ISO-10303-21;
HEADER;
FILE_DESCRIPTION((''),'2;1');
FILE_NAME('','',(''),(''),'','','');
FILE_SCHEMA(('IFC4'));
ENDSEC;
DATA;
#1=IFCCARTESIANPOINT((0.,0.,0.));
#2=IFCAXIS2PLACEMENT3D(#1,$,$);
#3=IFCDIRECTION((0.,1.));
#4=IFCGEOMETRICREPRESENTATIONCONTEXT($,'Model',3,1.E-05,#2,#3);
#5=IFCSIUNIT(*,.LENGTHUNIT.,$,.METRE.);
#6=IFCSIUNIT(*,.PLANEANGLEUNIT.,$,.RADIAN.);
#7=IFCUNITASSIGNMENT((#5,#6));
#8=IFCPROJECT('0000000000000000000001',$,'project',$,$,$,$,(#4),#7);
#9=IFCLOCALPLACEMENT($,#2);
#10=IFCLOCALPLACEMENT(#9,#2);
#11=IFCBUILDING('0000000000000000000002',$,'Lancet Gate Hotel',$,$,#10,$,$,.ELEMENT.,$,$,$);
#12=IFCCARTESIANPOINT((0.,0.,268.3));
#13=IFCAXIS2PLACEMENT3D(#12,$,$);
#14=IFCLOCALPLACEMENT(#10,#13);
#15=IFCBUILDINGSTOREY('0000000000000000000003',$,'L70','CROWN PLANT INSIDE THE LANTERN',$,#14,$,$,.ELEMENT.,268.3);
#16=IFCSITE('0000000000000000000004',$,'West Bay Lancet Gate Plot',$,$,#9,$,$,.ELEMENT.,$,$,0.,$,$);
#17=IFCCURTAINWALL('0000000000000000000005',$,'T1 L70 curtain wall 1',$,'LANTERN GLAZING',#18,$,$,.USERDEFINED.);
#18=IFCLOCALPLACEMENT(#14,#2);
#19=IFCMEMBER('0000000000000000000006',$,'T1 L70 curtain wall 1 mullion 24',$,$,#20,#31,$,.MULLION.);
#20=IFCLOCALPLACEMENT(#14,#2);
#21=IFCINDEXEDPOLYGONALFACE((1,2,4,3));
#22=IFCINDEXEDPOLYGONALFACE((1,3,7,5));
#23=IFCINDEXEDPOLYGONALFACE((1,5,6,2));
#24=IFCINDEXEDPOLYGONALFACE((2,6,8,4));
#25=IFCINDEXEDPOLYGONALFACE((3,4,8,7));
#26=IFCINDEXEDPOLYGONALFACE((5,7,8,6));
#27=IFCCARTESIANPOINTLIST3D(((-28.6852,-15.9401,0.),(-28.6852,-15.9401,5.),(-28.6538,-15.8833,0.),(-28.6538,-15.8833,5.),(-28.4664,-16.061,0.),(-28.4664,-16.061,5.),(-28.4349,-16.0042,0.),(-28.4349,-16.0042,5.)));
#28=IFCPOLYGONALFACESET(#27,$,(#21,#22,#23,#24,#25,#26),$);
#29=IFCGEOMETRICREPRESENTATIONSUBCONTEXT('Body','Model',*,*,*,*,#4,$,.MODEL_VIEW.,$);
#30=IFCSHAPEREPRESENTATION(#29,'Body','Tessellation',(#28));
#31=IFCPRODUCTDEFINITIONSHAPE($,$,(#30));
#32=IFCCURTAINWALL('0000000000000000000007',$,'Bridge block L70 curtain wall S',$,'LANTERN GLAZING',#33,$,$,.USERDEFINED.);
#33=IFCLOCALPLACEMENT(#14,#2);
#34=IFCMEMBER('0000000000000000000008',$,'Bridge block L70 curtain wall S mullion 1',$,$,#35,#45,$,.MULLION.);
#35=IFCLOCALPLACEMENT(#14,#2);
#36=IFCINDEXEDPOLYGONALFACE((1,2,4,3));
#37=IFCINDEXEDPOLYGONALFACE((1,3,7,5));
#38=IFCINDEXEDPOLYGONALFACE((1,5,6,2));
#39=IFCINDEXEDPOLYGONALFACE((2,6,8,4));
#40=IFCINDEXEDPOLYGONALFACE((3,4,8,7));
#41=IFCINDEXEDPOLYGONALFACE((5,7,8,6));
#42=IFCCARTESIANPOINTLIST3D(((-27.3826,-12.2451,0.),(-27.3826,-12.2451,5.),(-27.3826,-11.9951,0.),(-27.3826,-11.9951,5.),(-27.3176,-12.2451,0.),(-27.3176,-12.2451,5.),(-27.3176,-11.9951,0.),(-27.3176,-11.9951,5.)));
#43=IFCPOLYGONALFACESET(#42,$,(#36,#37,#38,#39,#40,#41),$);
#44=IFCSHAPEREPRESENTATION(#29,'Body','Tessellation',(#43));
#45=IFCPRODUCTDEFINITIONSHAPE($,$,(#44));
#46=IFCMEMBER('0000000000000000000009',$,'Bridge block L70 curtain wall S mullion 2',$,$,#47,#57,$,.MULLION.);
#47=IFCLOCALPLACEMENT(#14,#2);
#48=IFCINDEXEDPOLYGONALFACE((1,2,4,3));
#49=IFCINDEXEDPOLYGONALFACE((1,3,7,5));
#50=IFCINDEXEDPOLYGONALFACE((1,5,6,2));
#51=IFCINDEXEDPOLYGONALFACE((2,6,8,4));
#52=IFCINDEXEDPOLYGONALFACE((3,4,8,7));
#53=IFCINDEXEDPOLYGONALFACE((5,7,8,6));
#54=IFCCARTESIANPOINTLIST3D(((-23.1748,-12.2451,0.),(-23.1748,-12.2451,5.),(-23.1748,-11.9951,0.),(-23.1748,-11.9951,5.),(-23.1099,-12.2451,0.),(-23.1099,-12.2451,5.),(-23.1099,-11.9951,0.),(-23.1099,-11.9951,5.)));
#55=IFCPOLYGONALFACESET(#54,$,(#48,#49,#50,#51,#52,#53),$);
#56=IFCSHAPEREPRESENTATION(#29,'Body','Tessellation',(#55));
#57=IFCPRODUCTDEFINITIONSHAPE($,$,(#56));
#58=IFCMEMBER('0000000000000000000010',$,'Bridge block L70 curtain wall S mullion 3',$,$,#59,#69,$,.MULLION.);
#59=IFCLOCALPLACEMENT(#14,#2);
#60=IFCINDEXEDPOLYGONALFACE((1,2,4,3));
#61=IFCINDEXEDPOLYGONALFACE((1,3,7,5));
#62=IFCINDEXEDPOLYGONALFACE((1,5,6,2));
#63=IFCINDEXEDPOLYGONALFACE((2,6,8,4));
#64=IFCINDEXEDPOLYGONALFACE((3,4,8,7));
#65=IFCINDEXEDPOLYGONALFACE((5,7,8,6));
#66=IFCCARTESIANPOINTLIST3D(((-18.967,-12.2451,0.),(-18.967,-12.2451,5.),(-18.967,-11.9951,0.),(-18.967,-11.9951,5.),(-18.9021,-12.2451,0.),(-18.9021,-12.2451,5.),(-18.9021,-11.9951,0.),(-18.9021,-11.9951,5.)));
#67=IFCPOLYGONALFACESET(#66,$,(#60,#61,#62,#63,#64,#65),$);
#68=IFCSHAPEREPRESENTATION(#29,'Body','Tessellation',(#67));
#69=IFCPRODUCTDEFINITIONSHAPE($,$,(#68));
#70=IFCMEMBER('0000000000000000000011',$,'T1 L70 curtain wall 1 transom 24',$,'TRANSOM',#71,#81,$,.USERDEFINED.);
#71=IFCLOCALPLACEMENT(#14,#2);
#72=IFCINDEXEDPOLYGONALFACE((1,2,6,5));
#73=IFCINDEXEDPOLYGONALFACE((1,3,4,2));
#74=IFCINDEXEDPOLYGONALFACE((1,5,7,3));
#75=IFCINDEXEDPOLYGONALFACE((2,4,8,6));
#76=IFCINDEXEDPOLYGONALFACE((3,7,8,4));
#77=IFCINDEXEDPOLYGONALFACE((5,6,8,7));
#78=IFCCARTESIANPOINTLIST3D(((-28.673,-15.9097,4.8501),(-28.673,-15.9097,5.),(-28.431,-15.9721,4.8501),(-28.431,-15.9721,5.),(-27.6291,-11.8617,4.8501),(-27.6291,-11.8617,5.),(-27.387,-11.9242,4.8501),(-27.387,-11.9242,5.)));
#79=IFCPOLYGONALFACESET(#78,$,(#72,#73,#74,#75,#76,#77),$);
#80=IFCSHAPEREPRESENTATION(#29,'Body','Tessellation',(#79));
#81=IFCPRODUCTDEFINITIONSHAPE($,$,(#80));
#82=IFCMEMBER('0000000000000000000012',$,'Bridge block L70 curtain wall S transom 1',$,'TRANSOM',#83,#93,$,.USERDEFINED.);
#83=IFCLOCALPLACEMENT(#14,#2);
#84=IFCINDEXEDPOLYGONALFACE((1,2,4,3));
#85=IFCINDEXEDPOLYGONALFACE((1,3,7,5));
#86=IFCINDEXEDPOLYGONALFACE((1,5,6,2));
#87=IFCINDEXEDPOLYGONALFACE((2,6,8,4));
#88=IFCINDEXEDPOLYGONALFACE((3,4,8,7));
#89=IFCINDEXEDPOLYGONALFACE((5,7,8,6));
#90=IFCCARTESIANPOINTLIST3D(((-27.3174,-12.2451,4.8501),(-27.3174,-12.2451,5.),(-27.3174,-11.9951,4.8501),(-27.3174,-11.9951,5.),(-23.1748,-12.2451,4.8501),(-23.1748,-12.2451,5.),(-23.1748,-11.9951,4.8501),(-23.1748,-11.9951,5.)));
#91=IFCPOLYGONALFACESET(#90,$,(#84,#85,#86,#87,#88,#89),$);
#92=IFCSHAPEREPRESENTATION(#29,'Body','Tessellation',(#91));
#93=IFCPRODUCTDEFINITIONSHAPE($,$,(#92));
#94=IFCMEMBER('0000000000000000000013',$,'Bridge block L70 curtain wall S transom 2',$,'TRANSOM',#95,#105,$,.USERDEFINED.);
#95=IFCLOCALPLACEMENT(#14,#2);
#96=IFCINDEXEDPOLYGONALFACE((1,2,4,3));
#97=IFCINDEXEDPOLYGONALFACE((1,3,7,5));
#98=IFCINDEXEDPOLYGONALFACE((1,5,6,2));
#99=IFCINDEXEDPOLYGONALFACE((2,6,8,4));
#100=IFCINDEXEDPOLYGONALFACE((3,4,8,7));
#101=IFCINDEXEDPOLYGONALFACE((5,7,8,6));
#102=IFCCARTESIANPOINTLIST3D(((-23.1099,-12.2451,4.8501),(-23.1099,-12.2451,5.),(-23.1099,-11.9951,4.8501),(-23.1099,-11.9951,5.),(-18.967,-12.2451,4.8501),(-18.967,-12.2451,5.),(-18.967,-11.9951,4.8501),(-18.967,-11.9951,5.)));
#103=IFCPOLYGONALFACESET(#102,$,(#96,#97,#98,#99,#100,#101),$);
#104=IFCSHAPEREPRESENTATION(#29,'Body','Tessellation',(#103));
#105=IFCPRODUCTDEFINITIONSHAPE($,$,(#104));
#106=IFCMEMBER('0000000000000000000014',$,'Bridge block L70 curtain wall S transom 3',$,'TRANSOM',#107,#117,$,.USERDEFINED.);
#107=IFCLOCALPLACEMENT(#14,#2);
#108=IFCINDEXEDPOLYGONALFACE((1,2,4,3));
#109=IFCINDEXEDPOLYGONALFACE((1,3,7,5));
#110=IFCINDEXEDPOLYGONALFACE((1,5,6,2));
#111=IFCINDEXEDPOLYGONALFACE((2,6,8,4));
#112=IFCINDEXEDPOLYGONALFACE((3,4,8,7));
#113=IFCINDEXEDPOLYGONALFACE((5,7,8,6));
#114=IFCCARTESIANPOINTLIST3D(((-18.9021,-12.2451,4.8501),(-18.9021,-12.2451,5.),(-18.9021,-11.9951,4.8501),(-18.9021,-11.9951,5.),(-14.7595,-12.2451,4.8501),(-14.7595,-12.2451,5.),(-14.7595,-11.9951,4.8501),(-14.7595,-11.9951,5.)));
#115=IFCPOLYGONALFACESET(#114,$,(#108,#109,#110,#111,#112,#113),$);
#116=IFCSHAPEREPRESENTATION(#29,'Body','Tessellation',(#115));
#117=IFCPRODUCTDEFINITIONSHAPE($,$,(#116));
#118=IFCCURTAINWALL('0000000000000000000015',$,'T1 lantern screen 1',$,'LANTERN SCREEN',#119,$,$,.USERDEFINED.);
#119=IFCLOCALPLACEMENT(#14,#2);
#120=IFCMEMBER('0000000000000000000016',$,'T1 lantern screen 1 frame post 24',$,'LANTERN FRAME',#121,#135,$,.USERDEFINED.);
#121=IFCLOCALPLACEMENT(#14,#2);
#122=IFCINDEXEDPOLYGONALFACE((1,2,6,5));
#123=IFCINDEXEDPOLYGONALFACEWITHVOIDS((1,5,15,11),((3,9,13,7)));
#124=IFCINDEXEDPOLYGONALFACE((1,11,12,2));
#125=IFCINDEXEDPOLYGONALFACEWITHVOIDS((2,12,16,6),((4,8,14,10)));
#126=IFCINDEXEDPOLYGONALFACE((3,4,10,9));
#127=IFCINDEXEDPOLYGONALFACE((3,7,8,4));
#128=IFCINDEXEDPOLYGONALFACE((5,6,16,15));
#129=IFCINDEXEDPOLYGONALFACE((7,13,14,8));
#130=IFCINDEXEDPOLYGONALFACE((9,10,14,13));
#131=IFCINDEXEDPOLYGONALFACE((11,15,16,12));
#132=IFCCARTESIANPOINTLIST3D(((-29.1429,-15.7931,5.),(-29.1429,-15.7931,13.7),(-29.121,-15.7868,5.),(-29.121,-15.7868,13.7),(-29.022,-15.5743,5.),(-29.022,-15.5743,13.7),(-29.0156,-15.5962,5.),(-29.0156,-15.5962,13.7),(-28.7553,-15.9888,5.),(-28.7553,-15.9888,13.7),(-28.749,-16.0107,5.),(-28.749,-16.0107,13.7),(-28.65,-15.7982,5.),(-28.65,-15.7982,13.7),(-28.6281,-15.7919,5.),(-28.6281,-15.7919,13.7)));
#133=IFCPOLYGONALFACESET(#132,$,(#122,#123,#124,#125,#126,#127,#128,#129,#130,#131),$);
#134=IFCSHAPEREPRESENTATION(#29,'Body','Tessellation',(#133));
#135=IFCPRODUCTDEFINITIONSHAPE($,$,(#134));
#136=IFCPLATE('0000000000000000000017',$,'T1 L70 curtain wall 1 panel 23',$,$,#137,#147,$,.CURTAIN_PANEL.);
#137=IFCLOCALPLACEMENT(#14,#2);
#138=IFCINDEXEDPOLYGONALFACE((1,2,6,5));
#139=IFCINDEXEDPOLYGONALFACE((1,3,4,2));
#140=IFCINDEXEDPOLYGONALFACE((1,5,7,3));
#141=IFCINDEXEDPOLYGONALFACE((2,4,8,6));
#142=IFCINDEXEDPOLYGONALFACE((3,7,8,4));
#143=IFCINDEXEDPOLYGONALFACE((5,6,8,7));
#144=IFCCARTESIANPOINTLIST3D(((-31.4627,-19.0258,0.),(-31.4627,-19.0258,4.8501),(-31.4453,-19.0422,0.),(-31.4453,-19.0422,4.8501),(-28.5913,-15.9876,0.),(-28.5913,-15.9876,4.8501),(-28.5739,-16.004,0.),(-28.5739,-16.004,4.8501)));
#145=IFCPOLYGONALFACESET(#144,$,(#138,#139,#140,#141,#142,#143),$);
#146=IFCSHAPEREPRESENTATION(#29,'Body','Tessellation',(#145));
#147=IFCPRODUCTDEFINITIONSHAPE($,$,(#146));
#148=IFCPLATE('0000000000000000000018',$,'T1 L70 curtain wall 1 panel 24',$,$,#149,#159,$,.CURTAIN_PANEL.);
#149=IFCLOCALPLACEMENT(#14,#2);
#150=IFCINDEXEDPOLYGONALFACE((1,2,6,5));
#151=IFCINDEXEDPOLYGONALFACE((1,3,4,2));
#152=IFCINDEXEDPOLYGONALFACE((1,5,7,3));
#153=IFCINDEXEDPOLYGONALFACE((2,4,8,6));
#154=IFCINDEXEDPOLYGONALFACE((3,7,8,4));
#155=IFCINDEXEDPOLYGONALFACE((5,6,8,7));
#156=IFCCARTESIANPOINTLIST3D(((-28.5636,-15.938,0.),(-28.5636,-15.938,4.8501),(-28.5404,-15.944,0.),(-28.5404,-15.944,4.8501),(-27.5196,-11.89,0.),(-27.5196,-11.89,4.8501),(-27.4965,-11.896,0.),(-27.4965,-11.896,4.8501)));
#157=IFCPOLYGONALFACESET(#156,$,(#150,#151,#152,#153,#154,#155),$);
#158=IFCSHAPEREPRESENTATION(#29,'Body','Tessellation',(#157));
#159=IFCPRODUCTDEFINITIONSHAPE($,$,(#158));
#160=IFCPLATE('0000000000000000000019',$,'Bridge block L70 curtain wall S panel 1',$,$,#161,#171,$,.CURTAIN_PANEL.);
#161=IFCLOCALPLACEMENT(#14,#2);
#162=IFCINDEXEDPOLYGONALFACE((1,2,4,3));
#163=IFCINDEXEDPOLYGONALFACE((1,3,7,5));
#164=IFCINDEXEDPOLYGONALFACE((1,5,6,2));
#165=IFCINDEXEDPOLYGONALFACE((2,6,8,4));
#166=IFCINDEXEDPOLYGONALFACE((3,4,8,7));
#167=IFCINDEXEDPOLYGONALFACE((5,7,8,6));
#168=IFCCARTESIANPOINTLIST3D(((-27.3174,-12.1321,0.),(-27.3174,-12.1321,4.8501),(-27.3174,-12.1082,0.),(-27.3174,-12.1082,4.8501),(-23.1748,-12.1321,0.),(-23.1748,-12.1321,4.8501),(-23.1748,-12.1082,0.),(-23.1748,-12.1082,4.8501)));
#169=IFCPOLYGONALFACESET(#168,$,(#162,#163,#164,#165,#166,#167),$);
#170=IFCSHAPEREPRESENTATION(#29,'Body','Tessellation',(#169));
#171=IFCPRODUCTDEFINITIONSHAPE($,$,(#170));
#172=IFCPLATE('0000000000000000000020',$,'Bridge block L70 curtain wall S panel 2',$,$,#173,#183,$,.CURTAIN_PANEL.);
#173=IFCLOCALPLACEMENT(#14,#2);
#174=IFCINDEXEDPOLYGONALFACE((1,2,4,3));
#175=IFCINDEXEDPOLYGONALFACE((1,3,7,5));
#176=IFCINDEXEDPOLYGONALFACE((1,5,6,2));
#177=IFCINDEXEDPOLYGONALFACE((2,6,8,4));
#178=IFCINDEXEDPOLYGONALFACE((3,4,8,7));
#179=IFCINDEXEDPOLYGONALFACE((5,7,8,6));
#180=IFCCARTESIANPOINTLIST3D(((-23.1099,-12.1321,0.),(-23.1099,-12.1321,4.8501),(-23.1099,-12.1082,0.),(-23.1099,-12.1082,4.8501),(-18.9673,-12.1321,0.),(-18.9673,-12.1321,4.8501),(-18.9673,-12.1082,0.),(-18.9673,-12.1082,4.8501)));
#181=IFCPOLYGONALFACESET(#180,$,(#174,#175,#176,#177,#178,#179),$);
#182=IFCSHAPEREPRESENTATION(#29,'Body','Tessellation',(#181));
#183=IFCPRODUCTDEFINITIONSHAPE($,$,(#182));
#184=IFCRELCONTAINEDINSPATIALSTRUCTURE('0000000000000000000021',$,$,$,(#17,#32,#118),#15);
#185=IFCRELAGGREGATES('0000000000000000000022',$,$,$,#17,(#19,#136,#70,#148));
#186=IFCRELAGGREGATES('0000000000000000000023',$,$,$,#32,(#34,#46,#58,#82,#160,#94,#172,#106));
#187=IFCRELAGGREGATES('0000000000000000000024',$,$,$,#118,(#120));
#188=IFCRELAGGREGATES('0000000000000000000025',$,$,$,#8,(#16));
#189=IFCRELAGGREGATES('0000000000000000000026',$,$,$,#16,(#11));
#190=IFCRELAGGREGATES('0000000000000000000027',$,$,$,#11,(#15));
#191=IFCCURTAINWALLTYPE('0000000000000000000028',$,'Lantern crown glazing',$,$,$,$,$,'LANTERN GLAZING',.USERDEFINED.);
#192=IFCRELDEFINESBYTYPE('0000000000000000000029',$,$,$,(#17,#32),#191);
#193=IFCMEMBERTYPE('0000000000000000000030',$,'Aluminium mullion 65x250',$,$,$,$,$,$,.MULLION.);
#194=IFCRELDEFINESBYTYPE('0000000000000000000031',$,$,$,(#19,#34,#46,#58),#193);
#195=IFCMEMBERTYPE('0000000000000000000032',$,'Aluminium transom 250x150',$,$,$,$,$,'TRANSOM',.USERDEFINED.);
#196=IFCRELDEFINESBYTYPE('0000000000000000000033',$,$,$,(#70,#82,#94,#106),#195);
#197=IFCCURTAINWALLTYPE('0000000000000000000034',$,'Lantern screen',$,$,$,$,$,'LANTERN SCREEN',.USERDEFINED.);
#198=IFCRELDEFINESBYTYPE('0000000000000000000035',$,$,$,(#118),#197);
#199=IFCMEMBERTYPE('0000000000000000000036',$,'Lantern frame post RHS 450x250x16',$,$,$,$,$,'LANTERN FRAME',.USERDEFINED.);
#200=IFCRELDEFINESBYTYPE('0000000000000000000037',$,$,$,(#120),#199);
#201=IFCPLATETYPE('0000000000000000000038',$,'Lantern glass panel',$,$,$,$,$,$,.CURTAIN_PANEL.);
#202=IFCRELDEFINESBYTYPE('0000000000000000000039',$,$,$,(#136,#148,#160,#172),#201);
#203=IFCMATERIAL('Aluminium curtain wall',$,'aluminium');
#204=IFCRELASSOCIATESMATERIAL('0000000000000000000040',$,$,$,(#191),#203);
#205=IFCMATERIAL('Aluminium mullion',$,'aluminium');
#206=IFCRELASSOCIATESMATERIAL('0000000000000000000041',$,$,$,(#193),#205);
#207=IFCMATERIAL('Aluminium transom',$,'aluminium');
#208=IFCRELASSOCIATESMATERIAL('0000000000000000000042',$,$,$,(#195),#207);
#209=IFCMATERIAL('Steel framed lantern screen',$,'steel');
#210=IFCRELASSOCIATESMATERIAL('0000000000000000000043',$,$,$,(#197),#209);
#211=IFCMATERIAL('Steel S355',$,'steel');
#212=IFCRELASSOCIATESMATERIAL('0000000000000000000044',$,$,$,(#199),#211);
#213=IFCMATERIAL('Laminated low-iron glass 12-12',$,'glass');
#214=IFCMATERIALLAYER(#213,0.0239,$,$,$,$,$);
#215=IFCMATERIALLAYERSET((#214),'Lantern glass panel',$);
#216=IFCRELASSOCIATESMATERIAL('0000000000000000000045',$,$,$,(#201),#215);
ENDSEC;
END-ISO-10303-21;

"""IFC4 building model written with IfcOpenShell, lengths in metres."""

from ifc_helpers import new_model, si_unit, direction, frame, origin, origin_2d, place, context, subcontext, project, spatial, rectangle, hollow_rectangle, extrude, material, layer, layer_set, material_profile, profile_set, type_object, element, aggregate, save


model = new_model("IFC4")

# Units and contexts
model_context = context("Model", 3, precision=1e-05, world=origin(), true_north=direction((0.0, 1.0)))
body_context = subcontext(model_context, "Body", "Model", "MODEL_VIEW")
ifc_project = project(units=[si_unit("LENGTHUNIT", "METRE"), si_unit("PLANEANGLEUNIT", "RADIAN")], contexts=[model_context])

# Site, building, storey
site_placement = place(None, origin())
site = spatial("IfcSite", under=ifc_project, at=site_placement, Name="West Bay Lancet Gate Plot", CompositionType="ELEMENT", RefElevation=0.0)
building_placement = place(site_placement, origin())
building = spatial("IfcBuilding", under=site, at=building_placement, Name="Lancet Gate Hotel", CompositionType="ELEMENT")
storey_placement = place(building_placement, frame((0.0, 0.0, 268.3)))
storey = spatial("IfcBuildingStorey", under=building, at=storey_placement, Name="L70", Description="CROWN PLANT INSIDE THE LANTERN", CompositionType="ELEMENT", Elevation=268.3)

# Curtain wall, member
ifc_material_1 = material(Name="Aluminium curtain wall", Category="aluminium")
curtain_wall_type_1 = type_object("IfcCurtainWallType", Name="Lantern crown glazing", ElementType="LANTERN GLAZING", PredefinedType="USERDEFINED", material=ifc_material_1)
curtain_wall_1_placement = place(storey_placement, origin())
curtain_wall_1 = element("IfcCurtainWall", 1, at=curtain_wall_1_placement, inside=storey, type_object=curtain_wall_type_1, Name="T1 L70 curtain wall 1", ObjectType="LANTERN GLAZING", PredefinedType="USERDEFINED")
ifc_material_2 = material(Name="Aluminium mullion", Category="aluminium")
ifc_material_profile_1 = material_profile(ifc_material_2, rectangle(XDim=0.0649, YDim=0.25, at=origin_2d()), Name="MULLION 65x250")
ifc_profile_set_1 = profile_set([ifc_material_profile_1], Name="Aluminium mullion")
member_type_1 = type_object("IfcMemberType", Name="Aluminium mullion 65x250", PredefinedType="MULLION", material=ifc_profile_set_1)
member_1_placement = place(storey_placement, frame((-28.5601, -15.9722, 0.0), z_axis=(0.0, 0.0, 1.0), x_axis=(0.483627, 0.875274, 0.0)))
member_1 = element("IfcMember", 2, at=member_1_placement, type_object=member_type_1, Name="T1 L70 curtain wall 1 mullion 24", PredefinedType="MULLION", context=body_context, shape_type="SweptSolid", body=[
    extrude(rectangle(XDim=0.0649, YDim=0.25, at=origin_2d()), origin(), (0.0, 0.0, 1.0), 5.0),
])

# Curtain wall, members
curtain_wall_2_placement = place(storey_placement, origin())
curtain_wall_2 = element("IfcCurtainWall", 3, at=curtain_wall_2_placement, inside=storey, type_object=curtain_wall_type_1, Name="Bridge block L70 curtain wall S", ObjectType="LANTERN GLAZING", PredefinedType="USERDEFINED")
member_2_placement = place(storey_placement, frame((-27.3501, -12.1201, 0.0), z_axis=(0.0, 0.0, 1.0), x_axis=(1.0, 0.0, 0.0)))
member_2 = element("IfcMember", 4, at=member_2_placement, type_object=member_type_1, Name="Bridge block L70 curtain wall S mullion 1", PredefinedType="MULLION", context=body_context, shape_type="SweptSolid", body=[
    extrude(rectangle(XDim=0.0649, YDim=0.25, at=origin_2d()), origin(), (0.0, 0.0, 1.0), 5.0),
])
member_3_placement = place(storey_placement, frame((-23.1423, -12.1201, 0.0), z_axis=(0.0, 0.0, 1.0), x_axis=(1.0, 0.0, 0.0)))
member_3 = element("IfcMember", 5, at=member_3_placement, type_object=member_type_1, Name="Bridge block L70 curtain wall S mullion 2", PredefinedType="MULLION", context=body_context, shape_type="SweptSolid", body=[
    extrude(rectangle(XDim=0.0649, YDim=0.25, at=origin_2d()), origin(), (0.0, 0.0, 1.0), 5.0),
])
member_4_placement = place(storey_placement, frame((-18.9346, -12.1201, 0.0), z_axis=(0.0, 0.0, 1.0), x_axis=(1.0, 0.0, 0.0)))
member_4 = element("IfcMember", 6, at=member_4_placement, type_object=member_type_1, Name="Bridge block L70 curtain wall S mullion 3", PredefinedType="MULLION", context=body_context, shape_type="SweptSolid", body=[
    extrude(rectangle(XDim=0.0649, YDim=0.25, at=origin_2d()), origin(), (0.0, 0.0, 1.0), 5.0),
])

# Members
ifc_material_3 = material(Name="Aluminium transom", Category="aluminium")
ifc_material_profile_2 = material_profile(ifc_material_3, rectangle(XDim=0.25, YDim=0.1499, at=origin_2d()), Name="TRANSOM 250x150")
ifc_profile_set_2 = profile_set([ifc_material_profile_2], Name="Aluminium transom")
member_type_2 = type_object("IfcMemberType", Name="Aluminium transom 250x150", ElementType="TRANSOM", PredefinedType="USERDEFINED", material=ifc_profile_set_2)
member_5_placement = place(storey_placement, frame((-28.552, -15.9409, 4.925), z_axis=(0.249716, 0.968319, 0.0), x_axis=(-0.968319, 0.249716, 0.0)))
member_5 = element("IfcMember", 7, at=member_5_placement, type_object=member_type_2, Name="T1 L70 curtain wall 1 transom 24", ObjectType="TRANSOM", PredefinedType="USERDEFINED", context=body_context, shape_type="SweptSolid", body=[
    extrude(rectangle(XDim=0.25, YDim=0.1499, at=origin_2d()), origin(), (0.0, 0.0, 1.0), 4.1804),
])
member_6_placement = place(storey_placement, frame((-27.3174, -12.1201, 4.925), z_axis=(1.0, 0.0, 0.0), x_axis=(0.0, 1.0, 0.0)))
member_6 = element("IfcMember", 8, at=member_6_placement, type_object=member_type_2, Name="Bridge block L70 curtain wall S transom 1", ObjectType="TRANSOM", PredefinedType="USERDEFINED", context=body_context, shape_type="SweptSolid", body=[
    extrude(rectangle(XDim=0.25, YDim=0.1499, at=origin_2d()), origin(), (0.0, 0.0, 1.0), 4.1426),
])
member_7_placement = place(storey_placement, frame((-23.1099, -12.1201, 4.925), z_axis=(1.0, 0.0, 0.0), x_axis=(0.0, 1.0, 0.0)))
member_7 = element("IfcMember", 9, at=member_7_placement, type_object=member_type_2, Name="Bridge block L70 curtain wall S transom 2", ObjectType="TRANSOM", PredefinedType="USERDEFINED", context=body_context, shape_type="SweptSolid", body=[
    extrude(rectangle(XDim=0.25, YDim=0.1499, at=origin_2d()), origin(), (0.0, 0.0, 1.0), 4.1428),
])
member_8_placement = place(storey_placement, frame((-18.9021, -12.1201, 4.925), z_axis=(1.0, 0.0, 0.0), x_axis=(0.0, 1.0, 0.0)))
member_8 = element("IfcMember", 10, at=member_8_placement, type_object=member_type_2, Name="Bridge block L70 curtain wall S transom 3", ObjectType="TRANSOM", PredefinedType="USERDEFINED", context=body_context, shape_type="SweptSolid", body=[
    extrude(rectangle(XDim=0.25, YDim=0.1499, at=origin_2d()), origin(), (0.0, 0.0, 1.0), 4.1426),
])

# Curtain wall, member
ifc_material_4 = material(Name="Steel framed lantern screen", Category="steel")
curtain_wall_type_2 = type_object("IfcCurtainWallType", Name="Lantern screen", ElementType="LANTERN SCREEN", PredefinedType="USERDEFINED", material=ifc_material_4)
curtain_wall_3_placement = place(storey_placement, origin())
curtain_wall_3 = element("IfcCurtainWall", 11, at=curtain_wall_3_placement, inside=storey, type_object=curtain_wall_type_2, Name="T1 lantern screen 1", ObjectType="LANTERN SCREEN", PredefinedType="USERDEFINED")
ifc_material_5 = material(Name="Steel S355", Category="steel")
ifc_material_profile_3 = material_profile(ifc_material_5, hollow_rectangle(XDim=0.25, YDim=0.45, WallThickness=0.0161, at=origin_2d()), Name="RHS 450x250x16")
ifc_profile_set_3 = profile_set([ifc_material_profile_3], Name="Steel S355")
member_type_3 = type_object("IfcMemberType", Name="Lantern frame post RHS 450x250x16", ElementType="LANTERN FRAME", PredefinedType="USERDEFINED", material=ifc_profile_set_3)
member_9_placement = place(storey_placement, frame((-28.8855, -15.7925, 5.0), z_axis=(0.0, 0.0, 1.0), x_axis=(0.483627, 0.875274, 0.0)))
member_9 = element("IfcMember", 12, at=member_9_placement, type_object=member_type_3, Name="T1 lantern screen 1 frame post 24", ObjectType="LANTERN FRAME", PredefinedType="USERDEFINED", context=body_context, shape_type="SweptSolid", body=[
    extrude(hollow_rectangle(XDim=0.25, YDim=0.45, WallThickness=0.0161, at=origin_2d()), origin(), (0.0, 0.0, 1.0), 8.7),
])

# Plates
ifc_material_6 = material(Name="Laminated low-iron glass 12-12", Category="glass")
ifc_layer_1 = layer(ifc_material_6, 0.0239)
ifc_layer_set_1 = layer_set([ifc_layer_1], Name="Lantern glass panel")
plate_type_1 = type_object("IfcPlateType", Name="Lantern glass panel", PredefinedType="CURTAIN_PANEL", material=ifc_layer_set_1)
plate_1_placement = place(storey_placement, frame((-30.0183, -17.5149, 0.0), z_axis=(0.0, 0.0, 1.0), x_axis=(0.686883, 0.726768, 0.0)))
plate_1 = element("IfcPlate", 13, at=plate_1_placement, type_object=plate_type_1, Name="T1 L70 curtain wall 1 panel 23", PredefinedType="CURTAIN_PANEL", context=body_context, shape_type="SweptSolid", body=[
    extrude(rectangle(XDim=4.1804, YDim=0.0239, at=origin_2d()), origin(), (0.0, 0.0, 1.0), 4.8501),
])
plate_2_placement = place(storey_placement, frame((-28.03, -13.917, 0.0), z_axis=(0.0, 0.0, 1.0), x_axis=(0.249726, 0.968317, 0.0)))
plate_2 = element("IfcPlate", 14, at=plate_2_placement, type_object=plate_type_1, Name="T1 L70 curtain wall 1 panel 24", PredefinedType="CURTAIN_PANEL", context=body_context, shape_type="SweptSolid", body=[
    extrude(rectangle(XDim=4.1804, YDim=0.0239, at=origin_2d()), origin(), (0.0, 0.0, 1.0), 4.8501),
])
aggregate(curtain_wall_1, [member_1, plate_1, member_5, plate_2])
plate_3_placement = place(storey_placement, frame((-25.2461, -12.1201, 0.0), z_axis=(0.0, 0.0, 1.0), x_axis=(1.0, 0.0, 0.0)))
plate_3 = element("IfcPlate", 15, at=plate_3_placement, type_object=plate_type_1, Name="Bridge block L70 curtain wall S panel 1", PredefinedType="CURTAIN_PANEL", context=body_context, shape_type="SweptSolid", body=[
    extrude(rectangle(XDim=4.1426, YDim=0.0239, at=origin_2d()), origin(), (0.0, 0.0, 1.0), 4.8501),
])
plate_4_placement = place(storey_placement, frame((-21.0386, -12.1201, 0.0), z_axis=(0.0, 0.0, 1.0), x_axis=(1.0, 0.0, 0.0)))
plate_4 = element("IfcPlate", 16, at=plate_4_placement, type_object=plate_type_1, Name="Bridge block L70 curtain wall S panel 2", PredefinedType="CURTAIN_PANEL", context=body_context, shape_type="SweptSolid", body=[
    extrude(rectangle(XDim=4.1426, YDim=0.0239, at=origin_2d()), origin(), (0.0, 0.0, 1.0), 4.8501),
])
aggregate(curtain_wall_2, [member_2, member_3, member_4, member_6, plate_3, member_7, plate_4, member_8])
aggregate(curtain_wall_3, [member_9])

save(model, "model.ifc")
